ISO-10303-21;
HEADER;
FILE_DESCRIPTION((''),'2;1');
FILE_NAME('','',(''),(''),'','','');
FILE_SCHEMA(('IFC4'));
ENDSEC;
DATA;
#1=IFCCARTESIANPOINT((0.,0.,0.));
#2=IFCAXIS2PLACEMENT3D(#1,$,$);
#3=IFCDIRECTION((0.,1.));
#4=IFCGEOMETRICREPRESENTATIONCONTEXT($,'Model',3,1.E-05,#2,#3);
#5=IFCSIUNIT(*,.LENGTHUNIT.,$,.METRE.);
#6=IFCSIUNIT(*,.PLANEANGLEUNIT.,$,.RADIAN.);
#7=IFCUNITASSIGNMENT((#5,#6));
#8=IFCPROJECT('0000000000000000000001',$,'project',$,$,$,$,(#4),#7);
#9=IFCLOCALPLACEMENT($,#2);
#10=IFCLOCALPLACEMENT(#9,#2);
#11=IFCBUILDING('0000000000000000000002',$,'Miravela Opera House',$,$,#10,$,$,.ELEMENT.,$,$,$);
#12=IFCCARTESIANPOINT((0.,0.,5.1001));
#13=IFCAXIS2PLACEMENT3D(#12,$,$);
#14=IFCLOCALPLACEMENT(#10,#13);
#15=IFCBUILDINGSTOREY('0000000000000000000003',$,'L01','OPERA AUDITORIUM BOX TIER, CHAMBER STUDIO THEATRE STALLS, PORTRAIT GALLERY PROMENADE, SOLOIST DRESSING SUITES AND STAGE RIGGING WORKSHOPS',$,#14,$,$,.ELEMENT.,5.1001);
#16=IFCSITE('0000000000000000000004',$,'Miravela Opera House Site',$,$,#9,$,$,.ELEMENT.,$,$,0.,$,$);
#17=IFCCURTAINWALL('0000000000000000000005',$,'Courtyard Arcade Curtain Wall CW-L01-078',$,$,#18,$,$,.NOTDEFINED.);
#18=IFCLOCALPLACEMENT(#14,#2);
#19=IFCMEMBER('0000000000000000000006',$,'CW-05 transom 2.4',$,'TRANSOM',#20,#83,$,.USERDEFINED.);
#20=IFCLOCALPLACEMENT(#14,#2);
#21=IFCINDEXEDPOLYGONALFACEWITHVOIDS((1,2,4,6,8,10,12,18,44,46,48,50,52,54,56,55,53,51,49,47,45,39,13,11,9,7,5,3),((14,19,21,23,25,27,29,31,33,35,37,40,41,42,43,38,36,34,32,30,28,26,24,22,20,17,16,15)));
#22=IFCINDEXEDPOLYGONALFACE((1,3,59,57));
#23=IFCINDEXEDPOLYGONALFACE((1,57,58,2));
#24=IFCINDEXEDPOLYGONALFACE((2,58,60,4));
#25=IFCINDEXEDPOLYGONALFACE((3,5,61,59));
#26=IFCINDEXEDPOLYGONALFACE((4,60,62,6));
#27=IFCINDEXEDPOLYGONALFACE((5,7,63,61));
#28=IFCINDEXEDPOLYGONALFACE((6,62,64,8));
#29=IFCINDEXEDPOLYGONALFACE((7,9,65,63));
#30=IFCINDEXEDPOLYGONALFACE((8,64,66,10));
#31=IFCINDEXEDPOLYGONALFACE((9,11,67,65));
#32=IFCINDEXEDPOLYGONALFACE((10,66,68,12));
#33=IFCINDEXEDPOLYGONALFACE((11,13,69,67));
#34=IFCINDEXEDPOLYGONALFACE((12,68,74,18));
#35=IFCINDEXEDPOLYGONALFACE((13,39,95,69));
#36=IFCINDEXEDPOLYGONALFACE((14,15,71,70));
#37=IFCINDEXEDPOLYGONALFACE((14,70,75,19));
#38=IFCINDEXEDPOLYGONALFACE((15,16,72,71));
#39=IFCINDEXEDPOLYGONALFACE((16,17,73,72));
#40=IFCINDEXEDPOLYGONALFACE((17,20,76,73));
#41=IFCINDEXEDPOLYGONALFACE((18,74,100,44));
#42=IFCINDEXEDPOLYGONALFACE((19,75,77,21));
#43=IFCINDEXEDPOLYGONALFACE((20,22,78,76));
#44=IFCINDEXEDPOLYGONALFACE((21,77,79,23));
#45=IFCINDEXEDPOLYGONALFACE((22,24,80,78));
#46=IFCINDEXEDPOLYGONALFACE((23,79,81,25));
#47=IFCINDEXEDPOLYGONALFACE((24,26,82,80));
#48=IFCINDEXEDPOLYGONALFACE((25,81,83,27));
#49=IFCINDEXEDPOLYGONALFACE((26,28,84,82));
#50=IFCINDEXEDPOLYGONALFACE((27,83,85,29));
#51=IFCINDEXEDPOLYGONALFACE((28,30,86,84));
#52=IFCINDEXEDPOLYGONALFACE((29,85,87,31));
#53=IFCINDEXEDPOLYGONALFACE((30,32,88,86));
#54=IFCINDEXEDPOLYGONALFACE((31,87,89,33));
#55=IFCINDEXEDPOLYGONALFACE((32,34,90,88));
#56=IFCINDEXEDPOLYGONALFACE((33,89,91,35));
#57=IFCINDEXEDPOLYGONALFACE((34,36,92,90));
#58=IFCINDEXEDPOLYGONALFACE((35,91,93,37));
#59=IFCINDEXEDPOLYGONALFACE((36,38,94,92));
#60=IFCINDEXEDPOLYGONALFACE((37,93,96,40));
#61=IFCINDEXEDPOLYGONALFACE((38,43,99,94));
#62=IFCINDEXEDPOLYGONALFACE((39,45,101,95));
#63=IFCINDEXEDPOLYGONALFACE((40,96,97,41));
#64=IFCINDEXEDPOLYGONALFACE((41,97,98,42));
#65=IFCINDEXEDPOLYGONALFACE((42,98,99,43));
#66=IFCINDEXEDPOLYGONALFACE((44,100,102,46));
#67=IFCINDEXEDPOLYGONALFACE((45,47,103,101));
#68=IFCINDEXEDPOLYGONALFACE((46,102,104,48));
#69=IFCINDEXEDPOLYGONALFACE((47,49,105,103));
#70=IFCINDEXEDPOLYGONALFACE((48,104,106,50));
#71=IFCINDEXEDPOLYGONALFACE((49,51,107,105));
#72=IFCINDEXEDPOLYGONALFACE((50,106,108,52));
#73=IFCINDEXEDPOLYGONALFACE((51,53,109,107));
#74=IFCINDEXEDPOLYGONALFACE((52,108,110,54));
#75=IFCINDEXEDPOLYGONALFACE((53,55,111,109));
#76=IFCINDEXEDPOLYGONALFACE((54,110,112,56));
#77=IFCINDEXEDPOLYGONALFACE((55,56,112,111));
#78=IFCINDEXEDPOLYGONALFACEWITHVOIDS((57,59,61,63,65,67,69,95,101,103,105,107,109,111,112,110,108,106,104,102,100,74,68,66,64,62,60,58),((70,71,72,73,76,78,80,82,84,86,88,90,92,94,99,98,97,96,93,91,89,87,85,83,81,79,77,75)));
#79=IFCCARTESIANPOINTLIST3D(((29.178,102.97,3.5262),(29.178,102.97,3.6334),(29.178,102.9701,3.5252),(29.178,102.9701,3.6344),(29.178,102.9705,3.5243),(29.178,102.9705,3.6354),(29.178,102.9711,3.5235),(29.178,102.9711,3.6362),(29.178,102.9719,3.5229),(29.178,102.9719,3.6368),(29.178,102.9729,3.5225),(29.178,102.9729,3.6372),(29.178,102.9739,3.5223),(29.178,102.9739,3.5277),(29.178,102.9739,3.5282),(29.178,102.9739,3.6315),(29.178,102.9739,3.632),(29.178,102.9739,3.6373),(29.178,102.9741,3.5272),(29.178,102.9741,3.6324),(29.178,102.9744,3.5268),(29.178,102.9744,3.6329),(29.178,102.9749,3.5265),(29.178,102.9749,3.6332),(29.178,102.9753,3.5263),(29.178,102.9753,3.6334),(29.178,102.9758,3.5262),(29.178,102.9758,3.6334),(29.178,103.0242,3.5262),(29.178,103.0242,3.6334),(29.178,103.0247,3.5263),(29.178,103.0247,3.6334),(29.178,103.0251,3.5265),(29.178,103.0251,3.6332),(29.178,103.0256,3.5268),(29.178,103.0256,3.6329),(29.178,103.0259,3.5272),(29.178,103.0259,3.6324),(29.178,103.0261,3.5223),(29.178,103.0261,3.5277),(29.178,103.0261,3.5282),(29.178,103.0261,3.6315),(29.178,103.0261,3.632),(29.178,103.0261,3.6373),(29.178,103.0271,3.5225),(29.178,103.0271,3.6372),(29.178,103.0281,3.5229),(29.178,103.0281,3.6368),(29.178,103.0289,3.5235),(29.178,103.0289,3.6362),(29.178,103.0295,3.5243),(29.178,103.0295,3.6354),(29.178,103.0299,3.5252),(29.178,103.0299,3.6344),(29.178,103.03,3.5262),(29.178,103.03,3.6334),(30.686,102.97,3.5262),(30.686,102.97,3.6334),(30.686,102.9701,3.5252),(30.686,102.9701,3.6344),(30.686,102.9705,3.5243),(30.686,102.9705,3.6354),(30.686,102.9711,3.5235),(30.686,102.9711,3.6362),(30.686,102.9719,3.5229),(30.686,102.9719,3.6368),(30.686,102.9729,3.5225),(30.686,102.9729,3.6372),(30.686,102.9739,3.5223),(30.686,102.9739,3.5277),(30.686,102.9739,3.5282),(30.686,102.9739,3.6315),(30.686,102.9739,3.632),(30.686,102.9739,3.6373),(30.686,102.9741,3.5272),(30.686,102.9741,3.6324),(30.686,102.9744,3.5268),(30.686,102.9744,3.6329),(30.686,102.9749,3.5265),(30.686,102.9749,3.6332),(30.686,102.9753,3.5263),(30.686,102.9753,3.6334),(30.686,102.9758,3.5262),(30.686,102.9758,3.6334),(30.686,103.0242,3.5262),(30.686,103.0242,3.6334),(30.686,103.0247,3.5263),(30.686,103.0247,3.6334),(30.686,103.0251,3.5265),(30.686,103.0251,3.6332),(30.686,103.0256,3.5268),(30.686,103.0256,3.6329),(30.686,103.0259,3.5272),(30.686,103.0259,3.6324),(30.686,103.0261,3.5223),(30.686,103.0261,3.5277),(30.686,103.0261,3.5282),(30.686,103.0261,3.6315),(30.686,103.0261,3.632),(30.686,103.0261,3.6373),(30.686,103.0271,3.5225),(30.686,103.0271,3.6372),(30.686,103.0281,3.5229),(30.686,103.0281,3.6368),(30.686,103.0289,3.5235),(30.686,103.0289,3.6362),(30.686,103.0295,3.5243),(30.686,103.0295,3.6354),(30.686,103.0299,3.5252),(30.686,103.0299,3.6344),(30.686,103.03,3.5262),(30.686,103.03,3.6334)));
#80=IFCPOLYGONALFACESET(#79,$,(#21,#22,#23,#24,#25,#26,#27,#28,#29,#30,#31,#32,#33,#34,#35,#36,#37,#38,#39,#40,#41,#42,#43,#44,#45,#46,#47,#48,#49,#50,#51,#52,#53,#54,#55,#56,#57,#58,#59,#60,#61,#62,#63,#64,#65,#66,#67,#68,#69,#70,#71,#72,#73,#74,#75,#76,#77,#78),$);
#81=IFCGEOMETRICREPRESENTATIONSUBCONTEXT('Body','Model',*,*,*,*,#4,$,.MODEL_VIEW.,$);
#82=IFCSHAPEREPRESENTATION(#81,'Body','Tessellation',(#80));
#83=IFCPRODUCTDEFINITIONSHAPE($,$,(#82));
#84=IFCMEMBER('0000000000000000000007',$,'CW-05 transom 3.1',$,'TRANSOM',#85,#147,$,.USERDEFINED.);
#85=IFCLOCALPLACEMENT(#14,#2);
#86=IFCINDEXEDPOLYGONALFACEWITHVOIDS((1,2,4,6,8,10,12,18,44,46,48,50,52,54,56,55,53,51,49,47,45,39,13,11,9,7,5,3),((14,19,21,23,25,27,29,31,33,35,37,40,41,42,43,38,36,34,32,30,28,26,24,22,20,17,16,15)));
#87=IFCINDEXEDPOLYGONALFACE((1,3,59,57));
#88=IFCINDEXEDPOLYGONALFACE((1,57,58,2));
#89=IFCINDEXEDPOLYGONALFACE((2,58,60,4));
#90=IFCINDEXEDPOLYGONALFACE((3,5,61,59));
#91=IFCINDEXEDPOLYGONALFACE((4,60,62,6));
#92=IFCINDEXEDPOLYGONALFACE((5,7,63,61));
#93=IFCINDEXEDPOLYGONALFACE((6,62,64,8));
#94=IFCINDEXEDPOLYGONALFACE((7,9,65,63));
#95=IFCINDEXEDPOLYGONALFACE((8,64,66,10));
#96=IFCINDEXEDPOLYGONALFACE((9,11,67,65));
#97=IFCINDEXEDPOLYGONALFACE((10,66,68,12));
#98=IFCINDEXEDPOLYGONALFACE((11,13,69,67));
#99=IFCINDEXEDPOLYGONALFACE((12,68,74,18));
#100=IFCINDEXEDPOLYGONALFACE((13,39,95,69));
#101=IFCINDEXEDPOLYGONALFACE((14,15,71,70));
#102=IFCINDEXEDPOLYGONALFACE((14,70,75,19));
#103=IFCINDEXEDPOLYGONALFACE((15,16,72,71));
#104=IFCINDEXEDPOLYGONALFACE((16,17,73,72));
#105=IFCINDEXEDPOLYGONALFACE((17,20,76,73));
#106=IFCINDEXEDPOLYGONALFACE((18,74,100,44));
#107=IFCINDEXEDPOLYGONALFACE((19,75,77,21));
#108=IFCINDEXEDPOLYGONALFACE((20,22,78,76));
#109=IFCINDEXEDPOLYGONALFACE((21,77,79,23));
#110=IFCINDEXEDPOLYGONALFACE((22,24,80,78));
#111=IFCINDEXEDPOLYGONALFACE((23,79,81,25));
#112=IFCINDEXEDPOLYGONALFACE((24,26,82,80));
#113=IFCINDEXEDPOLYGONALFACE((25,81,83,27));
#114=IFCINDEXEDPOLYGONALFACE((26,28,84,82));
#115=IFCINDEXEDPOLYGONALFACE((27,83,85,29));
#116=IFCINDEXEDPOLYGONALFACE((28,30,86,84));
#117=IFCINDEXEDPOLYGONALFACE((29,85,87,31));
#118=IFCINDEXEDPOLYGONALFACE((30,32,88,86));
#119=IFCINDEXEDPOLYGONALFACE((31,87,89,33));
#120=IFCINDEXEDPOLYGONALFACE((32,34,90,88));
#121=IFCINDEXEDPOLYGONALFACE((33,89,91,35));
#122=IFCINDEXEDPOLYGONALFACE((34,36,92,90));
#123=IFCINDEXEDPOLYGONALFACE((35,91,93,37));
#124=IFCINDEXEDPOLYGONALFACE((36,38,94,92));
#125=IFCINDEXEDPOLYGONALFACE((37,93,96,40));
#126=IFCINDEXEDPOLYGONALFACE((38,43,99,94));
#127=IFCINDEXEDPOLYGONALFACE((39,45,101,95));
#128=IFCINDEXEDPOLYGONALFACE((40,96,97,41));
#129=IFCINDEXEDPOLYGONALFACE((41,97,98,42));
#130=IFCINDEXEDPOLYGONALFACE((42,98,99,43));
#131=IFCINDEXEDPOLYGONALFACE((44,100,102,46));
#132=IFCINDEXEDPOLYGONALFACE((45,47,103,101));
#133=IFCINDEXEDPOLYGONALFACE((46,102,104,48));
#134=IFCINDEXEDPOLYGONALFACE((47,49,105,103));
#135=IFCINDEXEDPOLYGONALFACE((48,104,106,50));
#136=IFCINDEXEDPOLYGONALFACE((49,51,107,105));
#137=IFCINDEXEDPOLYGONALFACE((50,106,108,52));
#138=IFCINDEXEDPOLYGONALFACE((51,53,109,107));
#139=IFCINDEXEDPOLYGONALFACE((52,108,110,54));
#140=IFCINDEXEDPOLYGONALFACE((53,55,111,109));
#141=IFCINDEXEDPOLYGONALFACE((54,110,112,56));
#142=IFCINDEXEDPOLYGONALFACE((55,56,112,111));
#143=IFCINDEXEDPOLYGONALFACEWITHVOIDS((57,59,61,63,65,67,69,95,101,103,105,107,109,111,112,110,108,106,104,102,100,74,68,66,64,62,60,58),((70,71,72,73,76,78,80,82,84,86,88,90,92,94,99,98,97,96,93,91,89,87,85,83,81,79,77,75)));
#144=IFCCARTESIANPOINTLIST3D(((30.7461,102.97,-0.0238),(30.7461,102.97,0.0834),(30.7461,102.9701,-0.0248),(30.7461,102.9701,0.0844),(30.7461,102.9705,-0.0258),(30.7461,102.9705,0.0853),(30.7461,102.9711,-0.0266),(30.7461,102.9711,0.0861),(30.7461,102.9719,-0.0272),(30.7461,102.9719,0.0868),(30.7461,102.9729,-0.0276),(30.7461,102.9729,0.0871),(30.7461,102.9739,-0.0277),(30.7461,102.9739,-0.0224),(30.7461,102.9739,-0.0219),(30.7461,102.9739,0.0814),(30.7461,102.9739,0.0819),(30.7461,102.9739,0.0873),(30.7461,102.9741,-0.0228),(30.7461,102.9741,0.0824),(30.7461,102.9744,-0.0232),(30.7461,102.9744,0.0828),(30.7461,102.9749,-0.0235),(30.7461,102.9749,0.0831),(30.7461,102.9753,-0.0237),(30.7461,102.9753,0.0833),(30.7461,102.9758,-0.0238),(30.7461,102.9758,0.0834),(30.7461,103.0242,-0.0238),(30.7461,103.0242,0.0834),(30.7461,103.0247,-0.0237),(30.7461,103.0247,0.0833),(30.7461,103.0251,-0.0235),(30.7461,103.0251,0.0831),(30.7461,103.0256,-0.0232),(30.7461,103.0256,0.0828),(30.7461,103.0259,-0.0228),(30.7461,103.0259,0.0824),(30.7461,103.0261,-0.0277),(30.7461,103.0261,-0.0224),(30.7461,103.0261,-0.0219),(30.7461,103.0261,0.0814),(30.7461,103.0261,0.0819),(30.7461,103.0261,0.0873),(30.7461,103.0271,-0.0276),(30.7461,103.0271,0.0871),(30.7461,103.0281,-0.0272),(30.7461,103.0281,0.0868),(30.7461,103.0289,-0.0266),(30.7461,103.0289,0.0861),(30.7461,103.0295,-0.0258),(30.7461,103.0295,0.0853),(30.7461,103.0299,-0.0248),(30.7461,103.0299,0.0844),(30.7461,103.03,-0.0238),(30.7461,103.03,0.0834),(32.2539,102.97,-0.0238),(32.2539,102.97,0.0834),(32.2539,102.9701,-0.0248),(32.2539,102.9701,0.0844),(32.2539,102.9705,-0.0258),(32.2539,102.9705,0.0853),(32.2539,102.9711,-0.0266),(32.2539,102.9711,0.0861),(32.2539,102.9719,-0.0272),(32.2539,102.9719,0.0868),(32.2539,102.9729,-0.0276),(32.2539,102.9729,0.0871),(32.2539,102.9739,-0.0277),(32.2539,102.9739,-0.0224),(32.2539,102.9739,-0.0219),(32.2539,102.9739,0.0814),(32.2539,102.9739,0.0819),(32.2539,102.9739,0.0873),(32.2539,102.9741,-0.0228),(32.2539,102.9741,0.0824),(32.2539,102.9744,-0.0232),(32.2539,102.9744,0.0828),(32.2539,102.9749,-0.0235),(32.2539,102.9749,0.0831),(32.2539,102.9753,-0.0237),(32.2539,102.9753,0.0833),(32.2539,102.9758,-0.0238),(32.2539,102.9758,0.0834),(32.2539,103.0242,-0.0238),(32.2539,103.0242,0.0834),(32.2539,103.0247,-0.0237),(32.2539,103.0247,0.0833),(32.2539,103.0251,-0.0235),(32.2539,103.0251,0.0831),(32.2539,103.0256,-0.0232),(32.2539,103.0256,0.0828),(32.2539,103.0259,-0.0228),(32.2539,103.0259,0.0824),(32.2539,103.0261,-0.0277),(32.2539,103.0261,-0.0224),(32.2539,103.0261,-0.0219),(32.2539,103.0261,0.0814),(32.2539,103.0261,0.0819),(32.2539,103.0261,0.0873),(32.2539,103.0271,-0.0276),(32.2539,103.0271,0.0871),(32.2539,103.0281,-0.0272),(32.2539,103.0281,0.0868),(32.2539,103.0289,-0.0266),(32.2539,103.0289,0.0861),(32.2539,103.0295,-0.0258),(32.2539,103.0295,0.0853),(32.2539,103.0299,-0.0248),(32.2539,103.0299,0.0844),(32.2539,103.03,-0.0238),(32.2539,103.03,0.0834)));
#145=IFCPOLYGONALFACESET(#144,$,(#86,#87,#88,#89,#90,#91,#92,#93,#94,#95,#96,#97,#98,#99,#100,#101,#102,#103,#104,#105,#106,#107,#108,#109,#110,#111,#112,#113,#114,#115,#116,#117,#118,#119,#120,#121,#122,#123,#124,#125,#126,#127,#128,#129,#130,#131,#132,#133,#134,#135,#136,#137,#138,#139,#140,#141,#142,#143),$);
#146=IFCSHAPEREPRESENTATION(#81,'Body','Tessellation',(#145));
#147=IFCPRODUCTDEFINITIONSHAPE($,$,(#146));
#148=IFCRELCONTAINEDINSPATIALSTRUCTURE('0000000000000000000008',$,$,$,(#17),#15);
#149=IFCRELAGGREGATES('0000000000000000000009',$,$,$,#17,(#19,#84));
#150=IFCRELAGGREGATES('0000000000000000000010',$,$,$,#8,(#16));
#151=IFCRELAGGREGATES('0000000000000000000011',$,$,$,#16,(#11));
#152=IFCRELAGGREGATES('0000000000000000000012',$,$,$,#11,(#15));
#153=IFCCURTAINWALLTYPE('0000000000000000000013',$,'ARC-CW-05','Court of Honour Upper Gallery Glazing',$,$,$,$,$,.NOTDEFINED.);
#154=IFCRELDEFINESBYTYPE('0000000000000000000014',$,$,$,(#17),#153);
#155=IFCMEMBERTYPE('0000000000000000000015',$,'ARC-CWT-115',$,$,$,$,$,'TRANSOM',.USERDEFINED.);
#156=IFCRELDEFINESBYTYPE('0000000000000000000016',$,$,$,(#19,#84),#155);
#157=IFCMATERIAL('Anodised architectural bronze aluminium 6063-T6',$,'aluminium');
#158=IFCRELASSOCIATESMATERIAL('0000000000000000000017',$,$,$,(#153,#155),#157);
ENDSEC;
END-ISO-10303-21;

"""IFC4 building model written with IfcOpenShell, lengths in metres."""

from ifc_helpers import new_model, si_unit, direction, frame, origin, origin_2d, place, context, subcontext, project, spatial, hollow_rectangle, extrude, material, material_profile, profile_set, type_object, element, aggregate, save


model = new_model("IFC4")

# Units and contexts
model_context = context("Model", 3, precision=1e-05, world=origin(), true_north=direction((0.0, 1.0)))
body_context = subcontext(model_context, "Body", "Model", "MODEL_VIEW")
ifc_project = project(units=[si_unit("LENGTHUNIT", "METRE"), si_unit("PLANEANGLEUNIT", "RADIAN")], contexts=[model_context])

# Site, building, storey
site_placement = place(None, origin())
site = spatial("IfcSite", under=ifc_project, at=site_placement, Name="Miravela Opera House Site", CompositionType="ELEMENT", RefElevation=0.0)
building_placement = place(site_placement, origin())
building = spatial("IfcBuilding", under=site, at=building_placement, Name="Miravela Opera House", CompositionType="ELEMENT")
storey_placement = place(building_placement, frame((0.0, 0.0, 5.1001)))
storey = spatial("IfcBuildingStorey", under=building, at=storey_placement, Name="L01", Description="OPERA AUDITORIUM BOX TIER, CHAMBER STUDIO THEATRE STALLS, PORTRAIT GALLERY PROMENADE, SOLOIST DRESSING SUITES AND STAGE RIGGING WORKSHOPS", CompositionType="ELEMENT", Elevation=5.1001)

# Curtain wall, members
ifc_material_1 = material(Name="Anodised architectural bronze aluminium 6063-T6", Category="aluminium")
curtain_wall_type = type_object("IfcCurtainWallType", Name="ARC-CW-05", Description="Court of Honour Upper Gallery Glazing", PredefinedType="NOTDEFINED", material=ifc_material_1)
curtain_wall_placement = place(storey_placement, origin())
curtain_wall = element("IfcCurtainWall", 1, at=curtain_wall_placement, inside=storey, type_object=curtain_wall_type, Name="Courtyard Arcade Curtain Wall CW-L01-078", PredefinedType="NOTDEFINED")
ifc_material_profile_1 = material_profile(ifc_material_1, hollow_rectangle(XDim=0.0601, YDim=0.115, WallThickness=0.0039, InnerFilletRadius=0.002, OuterFilletRadius=0.0039, at=origin_2d()), Name="CWT-60X115")
ifc_profile_set_1 = profile_set([ifc_material_profile_1])
member_type_1 = type_object("IfcMemberType", Name="ARC-CWT-115", ElementType="TRANSOM", PredefinedType="USERDEFINED", material=ifc_profile_set_1)
member_1_placement = place(storey_placement, frame((29.178, 103.0, 3.5798), z_axis=(1.0, 0.0, 0.0), x_axis=(0.0, 1.0, 0.0)))
member_1 = element("IfcMember", 2, at=member_1_placement, type_object=member_type_1, Name="CW-05 transom 2.4", ObjectType="TRANSOM", PredefinedType="USERDEFINED", context=body_context, shape_type="SweptSolid", body=[
    extrude(hollow_rectangle(XDim=0.0601, YDim=0.115, WallThickness=0.0039, InnerFilletRadius=0.002, OuterFilletRadius=0.0039, at=origin_2d()), origin(), (0.0, 0.0, 1.0), 1.5081),
])
member_2_placement = place(storey_placement, frame((30.7461, 103.0, 0.0298), z_axis=(1.0, 0.0, 0.0), x_axis=(0.0, 1.0, 0.0)))
member_2 = element("IfcMember", 3, at=member_2_placement, type_object=member_type_1, Name="CW-05 transom 3.1", ObjectType="TRANSOM", PredefinedType="USERDEFINED", context=body_context, shape_type="SweptSolid", body=[
    extrude(hollow_rectangle(XDim=0.0601, YDim=0.115, WallThickness=0.0039, InnerFilletRadius=0.002, OuterFilletRadius=0.0039, at=origin_2d()), origin(), (0.0, 0.0, 1.0), 1.5078),
])

aggregate(curtain_wall, [member_1, member_2])

save(model, "model.ifc")
